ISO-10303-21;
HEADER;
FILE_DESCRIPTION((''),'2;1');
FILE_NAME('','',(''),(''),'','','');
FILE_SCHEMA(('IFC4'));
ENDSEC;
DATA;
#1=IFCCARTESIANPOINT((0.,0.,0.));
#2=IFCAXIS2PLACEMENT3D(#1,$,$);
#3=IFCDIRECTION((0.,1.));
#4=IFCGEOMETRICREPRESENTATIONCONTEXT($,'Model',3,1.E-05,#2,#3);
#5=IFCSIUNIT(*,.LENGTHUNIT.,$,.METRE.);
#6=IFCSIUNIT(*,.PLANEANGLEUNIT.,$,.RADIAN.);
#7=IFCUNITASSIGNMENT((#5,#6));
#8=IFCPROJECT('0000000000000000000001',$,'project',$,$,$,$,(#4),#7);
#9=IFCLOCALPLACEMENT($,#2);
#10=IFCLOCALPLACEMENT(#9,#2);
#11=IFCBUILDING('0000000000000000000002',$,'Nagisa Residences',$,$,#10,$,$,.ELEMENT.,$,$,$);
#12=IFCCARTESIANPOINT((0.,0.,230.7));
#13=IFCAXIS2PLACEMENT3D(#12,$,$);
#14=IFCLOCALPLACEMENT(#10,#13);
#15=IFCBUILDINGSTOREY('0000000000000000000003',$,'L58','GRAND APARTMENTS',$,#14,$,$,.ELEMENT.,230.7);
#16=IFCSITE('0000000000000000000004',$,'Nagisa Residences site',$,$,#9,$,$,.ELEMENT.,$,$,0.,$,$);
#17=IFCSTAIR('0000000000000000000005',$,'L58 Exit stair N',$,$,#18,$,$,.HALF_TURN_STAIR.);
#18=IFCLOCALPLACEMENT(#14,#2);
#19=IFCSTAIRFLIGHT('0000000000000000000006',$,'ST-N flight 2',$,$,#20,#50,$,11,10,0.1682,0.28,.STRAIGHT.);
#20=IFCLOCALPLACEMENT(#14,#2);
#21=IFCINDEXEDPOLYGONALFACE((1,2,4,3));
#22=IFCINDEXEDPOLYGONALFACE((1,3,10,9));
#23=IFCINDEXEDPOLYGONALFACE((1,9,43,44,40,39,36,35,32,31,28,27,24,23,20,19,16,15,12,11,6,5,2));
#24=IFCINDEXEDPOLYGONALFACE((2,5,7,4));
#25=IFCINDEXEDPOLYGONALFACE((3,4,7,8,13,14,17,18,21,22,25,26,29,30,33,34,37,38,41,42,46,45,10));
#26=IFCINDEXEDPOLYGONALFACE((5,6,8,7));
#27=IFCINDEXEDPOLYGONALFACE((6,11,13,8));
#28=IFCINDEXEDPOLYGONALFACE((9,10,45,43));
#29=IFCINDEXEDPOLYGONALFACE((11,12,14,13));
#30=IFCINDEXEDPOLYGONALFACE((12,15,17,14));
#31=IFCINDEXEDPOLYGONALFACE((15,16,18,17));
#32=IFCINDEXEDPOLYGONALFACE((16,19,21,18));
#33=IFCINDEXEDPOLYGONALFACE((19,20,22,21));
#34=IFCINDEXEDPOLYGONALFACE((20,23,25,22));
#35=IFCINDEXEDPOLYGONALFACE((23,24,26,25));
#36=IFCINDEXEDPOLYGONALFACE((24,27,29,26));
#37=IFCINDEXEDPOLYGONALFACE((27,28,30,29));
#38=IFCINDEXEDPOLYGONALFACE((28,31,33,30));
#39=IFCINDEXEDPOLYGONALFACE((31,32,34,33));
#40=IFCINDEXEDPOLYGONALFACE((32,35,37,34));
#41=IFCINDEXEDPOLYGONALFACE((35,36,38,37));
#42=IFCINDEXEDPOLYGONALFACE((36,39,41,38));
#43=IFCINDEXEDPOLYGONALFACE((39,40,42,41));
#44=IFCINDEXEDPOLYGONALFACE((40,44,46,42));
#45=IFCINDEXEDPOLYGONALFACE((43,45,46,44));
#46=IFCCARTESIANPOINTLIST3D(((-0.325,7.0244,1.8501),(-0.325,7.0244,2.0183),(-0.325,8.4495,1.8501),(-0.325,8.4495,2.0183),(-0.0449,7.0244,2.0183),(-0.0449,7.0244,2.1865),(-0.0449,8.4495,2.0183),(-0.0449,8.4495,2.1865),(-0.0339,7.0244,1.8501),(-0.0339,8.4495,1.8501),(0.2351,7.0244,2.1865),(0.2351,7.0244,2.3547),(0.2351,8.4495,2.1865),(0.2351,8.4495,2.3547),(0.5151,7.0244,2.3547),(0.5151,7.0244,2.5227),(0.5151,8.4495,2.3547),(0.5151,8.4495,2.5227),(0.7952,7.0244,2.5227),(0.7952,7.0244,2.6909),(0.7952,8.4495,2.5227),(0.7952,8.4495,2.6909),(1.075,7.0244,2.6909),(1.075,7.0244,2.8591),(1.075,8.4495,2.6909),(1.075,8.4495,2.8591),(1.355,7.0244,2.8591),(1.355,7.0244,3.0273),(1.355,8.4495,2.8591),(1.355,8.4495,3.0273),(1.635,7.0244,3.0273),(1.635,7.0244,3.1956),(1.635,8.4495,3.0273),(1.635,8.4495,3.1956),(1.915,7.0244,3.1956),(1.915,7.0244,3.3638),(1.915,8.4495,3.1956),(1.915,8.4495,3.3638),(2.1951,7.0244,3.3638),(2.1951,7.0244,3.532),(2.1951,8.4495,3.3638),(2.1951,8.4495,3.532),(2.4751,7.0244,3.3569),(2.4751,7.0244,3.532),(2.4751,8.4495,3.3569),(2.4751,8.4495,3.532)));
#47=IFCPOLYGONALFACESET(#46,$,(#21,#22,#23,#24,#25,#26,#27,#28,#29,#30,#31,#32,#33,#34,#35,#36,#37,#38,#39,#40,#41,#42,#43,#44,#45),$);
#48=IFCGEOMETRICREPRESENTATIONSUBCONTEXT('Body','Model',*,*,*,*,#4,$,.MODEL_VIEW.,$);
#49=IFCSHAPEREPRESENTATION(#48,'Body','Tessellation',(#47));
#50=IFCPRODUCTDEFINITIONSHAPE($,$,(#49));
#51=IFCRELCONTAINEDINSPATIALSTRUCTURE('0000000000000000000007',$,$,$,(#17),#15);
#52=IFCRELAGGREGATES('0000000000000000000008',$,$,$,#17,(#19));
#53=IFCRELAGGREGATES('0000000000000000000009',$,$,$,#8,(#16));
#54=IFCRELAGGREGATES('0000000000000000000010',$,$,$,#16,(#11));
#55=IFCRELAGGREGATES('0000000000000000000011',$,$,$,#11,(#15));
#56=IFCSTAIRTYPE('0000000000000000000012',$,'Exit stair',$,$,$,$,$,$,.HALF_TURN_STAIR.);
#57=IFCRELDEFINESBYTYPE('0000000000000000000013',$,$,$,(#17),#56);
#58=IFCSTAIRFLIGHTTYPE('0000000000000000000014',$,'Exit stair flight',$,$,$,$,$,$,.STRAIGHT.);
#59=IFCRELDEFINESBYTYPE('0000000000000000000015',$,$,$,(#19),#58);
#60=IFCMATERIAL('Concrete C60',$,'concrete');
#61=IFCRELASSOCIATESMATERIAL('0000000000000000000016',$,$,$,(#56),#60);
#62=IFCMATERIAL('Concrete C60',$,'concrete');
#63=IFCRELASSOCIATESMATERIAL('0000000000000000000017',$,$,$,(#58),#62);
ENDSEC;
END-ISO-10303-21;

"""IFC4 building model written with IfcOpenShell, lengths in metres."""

from ifc_helpers import new_model, si_unit, direction, frame, origin, place, context, subcontext, project, spatial, polyline, outline, extrude, material, type_object, element, aggregate, save


model = new_model("IFC4")

# Units and contexts
model_context = context("Model", 3, precision=1e-05, world=origin(), true_north=direction((0.0, 1.0)))
body_context = subcontext(model_context, "Body", "Model", "MODEL_VIEW")
ifc_project = project(units=[si_unit("LENGTHUNIT", "METRE"), si_unit("PLANEANGLEUNIT", "RADIAN")], contexts=[model_context])

# Site, building, storey
site_placement = place(None, origin())
site = spatial("IfcSite", under=ifc_project, at=site_placement, Name="Nagisa Residences site", CompositionType="ELEMENT", RefElevation=0.0)
building_placement = place(site_placement, origin())
building = spatial("IfcBuilding", under=site, at=building_placement, Name="Nagisa Residences", CompositionType="ELEMENT")
storey_placement = place(building_placement, frame((0.0, 0.0, 230.7)))
storey = spatial("IfcBuildingStorey", under=building, at=storey_placement, Name="L58", Description="GRAND APARTMENTS", CompositionType="ELEMENT", Elevation=230.7)

# Stair, stair flight
ifc_material_1 = material(Name="Concrete C60", Category="concrete")
stair_type = type_object("IfcStairType", Name="Exit stair", PredefinedType="HALF_TURN_STAIR", material=ifc_material_1)
stair_placement = place(storey_placement, origin())
stair = element("IfcStair", 1, at=stair_placement, inside=storey, type_object=stair_type, Name="L58 Exit stair N", PredefinedType="HALF_TURN_STAIR")
ifc_material_2 = material(Name="Concrete C60", Category="concrete")
stair_flight_type = type_object("IfcStairFlightType", Name="Exit stair flight", PredefinedType="STRAIGHT", material=ifc_material_2)
stair_flight_placement = place(storey_placement, frame((-0.325, 7.7371, 1.8501), z_axis=(0.0, 0.0, 1.0), x_axis=(1.0, 0.0, 0.0)))
stair_flight = element("IfcStairFlight", 2, at=stair_flight_placement, type_object=stair_flight_type, Name="ST-N flight 2", NumberOfRisers=11, NumberOfTreads=10, PredefinedType="STRAIGHT", RiserHeight=0.1682, TreadLength=0.28, context=body_context, shape_type="SweptSolid", body=[
    extrude(outline(polyline([(0.0, 0.0), (0.0, 0.1682), (0.28, 0.1682), (0.28, 0.3364), (0.5601, 0.3364), (0.5601, 0.5046), (0.8401, 0.5046), (0.8401, 0.6726), (1.1201, 0.6726), (1.1201, 0.8408), (1.3999, 0.8408), (1.3999, 1.009), (1.6799, 1.009), (1.6799, 1.1772), (1.96, 1.1772), (1.96, 1.3455), (2.24, 1.3455), (2.24, 1.5137), (2.52, 1.5137), (2.52, 1.6819), (2.8, 1.6819), (2.8, 1.8501), (2.8, 1.5068), (0.291, 0.0), (0.0, 0.0)])), frame((0.0, 0.7124, 0.0), z_axis=(0.0, -1.0, 0.0), x_axis=(1.0, 0.0, 0.0)), (0.0, 0.0, 1.0), 1.425),
])
aggregate(stair, [stair_flight])

save(model, "model.ifc")
